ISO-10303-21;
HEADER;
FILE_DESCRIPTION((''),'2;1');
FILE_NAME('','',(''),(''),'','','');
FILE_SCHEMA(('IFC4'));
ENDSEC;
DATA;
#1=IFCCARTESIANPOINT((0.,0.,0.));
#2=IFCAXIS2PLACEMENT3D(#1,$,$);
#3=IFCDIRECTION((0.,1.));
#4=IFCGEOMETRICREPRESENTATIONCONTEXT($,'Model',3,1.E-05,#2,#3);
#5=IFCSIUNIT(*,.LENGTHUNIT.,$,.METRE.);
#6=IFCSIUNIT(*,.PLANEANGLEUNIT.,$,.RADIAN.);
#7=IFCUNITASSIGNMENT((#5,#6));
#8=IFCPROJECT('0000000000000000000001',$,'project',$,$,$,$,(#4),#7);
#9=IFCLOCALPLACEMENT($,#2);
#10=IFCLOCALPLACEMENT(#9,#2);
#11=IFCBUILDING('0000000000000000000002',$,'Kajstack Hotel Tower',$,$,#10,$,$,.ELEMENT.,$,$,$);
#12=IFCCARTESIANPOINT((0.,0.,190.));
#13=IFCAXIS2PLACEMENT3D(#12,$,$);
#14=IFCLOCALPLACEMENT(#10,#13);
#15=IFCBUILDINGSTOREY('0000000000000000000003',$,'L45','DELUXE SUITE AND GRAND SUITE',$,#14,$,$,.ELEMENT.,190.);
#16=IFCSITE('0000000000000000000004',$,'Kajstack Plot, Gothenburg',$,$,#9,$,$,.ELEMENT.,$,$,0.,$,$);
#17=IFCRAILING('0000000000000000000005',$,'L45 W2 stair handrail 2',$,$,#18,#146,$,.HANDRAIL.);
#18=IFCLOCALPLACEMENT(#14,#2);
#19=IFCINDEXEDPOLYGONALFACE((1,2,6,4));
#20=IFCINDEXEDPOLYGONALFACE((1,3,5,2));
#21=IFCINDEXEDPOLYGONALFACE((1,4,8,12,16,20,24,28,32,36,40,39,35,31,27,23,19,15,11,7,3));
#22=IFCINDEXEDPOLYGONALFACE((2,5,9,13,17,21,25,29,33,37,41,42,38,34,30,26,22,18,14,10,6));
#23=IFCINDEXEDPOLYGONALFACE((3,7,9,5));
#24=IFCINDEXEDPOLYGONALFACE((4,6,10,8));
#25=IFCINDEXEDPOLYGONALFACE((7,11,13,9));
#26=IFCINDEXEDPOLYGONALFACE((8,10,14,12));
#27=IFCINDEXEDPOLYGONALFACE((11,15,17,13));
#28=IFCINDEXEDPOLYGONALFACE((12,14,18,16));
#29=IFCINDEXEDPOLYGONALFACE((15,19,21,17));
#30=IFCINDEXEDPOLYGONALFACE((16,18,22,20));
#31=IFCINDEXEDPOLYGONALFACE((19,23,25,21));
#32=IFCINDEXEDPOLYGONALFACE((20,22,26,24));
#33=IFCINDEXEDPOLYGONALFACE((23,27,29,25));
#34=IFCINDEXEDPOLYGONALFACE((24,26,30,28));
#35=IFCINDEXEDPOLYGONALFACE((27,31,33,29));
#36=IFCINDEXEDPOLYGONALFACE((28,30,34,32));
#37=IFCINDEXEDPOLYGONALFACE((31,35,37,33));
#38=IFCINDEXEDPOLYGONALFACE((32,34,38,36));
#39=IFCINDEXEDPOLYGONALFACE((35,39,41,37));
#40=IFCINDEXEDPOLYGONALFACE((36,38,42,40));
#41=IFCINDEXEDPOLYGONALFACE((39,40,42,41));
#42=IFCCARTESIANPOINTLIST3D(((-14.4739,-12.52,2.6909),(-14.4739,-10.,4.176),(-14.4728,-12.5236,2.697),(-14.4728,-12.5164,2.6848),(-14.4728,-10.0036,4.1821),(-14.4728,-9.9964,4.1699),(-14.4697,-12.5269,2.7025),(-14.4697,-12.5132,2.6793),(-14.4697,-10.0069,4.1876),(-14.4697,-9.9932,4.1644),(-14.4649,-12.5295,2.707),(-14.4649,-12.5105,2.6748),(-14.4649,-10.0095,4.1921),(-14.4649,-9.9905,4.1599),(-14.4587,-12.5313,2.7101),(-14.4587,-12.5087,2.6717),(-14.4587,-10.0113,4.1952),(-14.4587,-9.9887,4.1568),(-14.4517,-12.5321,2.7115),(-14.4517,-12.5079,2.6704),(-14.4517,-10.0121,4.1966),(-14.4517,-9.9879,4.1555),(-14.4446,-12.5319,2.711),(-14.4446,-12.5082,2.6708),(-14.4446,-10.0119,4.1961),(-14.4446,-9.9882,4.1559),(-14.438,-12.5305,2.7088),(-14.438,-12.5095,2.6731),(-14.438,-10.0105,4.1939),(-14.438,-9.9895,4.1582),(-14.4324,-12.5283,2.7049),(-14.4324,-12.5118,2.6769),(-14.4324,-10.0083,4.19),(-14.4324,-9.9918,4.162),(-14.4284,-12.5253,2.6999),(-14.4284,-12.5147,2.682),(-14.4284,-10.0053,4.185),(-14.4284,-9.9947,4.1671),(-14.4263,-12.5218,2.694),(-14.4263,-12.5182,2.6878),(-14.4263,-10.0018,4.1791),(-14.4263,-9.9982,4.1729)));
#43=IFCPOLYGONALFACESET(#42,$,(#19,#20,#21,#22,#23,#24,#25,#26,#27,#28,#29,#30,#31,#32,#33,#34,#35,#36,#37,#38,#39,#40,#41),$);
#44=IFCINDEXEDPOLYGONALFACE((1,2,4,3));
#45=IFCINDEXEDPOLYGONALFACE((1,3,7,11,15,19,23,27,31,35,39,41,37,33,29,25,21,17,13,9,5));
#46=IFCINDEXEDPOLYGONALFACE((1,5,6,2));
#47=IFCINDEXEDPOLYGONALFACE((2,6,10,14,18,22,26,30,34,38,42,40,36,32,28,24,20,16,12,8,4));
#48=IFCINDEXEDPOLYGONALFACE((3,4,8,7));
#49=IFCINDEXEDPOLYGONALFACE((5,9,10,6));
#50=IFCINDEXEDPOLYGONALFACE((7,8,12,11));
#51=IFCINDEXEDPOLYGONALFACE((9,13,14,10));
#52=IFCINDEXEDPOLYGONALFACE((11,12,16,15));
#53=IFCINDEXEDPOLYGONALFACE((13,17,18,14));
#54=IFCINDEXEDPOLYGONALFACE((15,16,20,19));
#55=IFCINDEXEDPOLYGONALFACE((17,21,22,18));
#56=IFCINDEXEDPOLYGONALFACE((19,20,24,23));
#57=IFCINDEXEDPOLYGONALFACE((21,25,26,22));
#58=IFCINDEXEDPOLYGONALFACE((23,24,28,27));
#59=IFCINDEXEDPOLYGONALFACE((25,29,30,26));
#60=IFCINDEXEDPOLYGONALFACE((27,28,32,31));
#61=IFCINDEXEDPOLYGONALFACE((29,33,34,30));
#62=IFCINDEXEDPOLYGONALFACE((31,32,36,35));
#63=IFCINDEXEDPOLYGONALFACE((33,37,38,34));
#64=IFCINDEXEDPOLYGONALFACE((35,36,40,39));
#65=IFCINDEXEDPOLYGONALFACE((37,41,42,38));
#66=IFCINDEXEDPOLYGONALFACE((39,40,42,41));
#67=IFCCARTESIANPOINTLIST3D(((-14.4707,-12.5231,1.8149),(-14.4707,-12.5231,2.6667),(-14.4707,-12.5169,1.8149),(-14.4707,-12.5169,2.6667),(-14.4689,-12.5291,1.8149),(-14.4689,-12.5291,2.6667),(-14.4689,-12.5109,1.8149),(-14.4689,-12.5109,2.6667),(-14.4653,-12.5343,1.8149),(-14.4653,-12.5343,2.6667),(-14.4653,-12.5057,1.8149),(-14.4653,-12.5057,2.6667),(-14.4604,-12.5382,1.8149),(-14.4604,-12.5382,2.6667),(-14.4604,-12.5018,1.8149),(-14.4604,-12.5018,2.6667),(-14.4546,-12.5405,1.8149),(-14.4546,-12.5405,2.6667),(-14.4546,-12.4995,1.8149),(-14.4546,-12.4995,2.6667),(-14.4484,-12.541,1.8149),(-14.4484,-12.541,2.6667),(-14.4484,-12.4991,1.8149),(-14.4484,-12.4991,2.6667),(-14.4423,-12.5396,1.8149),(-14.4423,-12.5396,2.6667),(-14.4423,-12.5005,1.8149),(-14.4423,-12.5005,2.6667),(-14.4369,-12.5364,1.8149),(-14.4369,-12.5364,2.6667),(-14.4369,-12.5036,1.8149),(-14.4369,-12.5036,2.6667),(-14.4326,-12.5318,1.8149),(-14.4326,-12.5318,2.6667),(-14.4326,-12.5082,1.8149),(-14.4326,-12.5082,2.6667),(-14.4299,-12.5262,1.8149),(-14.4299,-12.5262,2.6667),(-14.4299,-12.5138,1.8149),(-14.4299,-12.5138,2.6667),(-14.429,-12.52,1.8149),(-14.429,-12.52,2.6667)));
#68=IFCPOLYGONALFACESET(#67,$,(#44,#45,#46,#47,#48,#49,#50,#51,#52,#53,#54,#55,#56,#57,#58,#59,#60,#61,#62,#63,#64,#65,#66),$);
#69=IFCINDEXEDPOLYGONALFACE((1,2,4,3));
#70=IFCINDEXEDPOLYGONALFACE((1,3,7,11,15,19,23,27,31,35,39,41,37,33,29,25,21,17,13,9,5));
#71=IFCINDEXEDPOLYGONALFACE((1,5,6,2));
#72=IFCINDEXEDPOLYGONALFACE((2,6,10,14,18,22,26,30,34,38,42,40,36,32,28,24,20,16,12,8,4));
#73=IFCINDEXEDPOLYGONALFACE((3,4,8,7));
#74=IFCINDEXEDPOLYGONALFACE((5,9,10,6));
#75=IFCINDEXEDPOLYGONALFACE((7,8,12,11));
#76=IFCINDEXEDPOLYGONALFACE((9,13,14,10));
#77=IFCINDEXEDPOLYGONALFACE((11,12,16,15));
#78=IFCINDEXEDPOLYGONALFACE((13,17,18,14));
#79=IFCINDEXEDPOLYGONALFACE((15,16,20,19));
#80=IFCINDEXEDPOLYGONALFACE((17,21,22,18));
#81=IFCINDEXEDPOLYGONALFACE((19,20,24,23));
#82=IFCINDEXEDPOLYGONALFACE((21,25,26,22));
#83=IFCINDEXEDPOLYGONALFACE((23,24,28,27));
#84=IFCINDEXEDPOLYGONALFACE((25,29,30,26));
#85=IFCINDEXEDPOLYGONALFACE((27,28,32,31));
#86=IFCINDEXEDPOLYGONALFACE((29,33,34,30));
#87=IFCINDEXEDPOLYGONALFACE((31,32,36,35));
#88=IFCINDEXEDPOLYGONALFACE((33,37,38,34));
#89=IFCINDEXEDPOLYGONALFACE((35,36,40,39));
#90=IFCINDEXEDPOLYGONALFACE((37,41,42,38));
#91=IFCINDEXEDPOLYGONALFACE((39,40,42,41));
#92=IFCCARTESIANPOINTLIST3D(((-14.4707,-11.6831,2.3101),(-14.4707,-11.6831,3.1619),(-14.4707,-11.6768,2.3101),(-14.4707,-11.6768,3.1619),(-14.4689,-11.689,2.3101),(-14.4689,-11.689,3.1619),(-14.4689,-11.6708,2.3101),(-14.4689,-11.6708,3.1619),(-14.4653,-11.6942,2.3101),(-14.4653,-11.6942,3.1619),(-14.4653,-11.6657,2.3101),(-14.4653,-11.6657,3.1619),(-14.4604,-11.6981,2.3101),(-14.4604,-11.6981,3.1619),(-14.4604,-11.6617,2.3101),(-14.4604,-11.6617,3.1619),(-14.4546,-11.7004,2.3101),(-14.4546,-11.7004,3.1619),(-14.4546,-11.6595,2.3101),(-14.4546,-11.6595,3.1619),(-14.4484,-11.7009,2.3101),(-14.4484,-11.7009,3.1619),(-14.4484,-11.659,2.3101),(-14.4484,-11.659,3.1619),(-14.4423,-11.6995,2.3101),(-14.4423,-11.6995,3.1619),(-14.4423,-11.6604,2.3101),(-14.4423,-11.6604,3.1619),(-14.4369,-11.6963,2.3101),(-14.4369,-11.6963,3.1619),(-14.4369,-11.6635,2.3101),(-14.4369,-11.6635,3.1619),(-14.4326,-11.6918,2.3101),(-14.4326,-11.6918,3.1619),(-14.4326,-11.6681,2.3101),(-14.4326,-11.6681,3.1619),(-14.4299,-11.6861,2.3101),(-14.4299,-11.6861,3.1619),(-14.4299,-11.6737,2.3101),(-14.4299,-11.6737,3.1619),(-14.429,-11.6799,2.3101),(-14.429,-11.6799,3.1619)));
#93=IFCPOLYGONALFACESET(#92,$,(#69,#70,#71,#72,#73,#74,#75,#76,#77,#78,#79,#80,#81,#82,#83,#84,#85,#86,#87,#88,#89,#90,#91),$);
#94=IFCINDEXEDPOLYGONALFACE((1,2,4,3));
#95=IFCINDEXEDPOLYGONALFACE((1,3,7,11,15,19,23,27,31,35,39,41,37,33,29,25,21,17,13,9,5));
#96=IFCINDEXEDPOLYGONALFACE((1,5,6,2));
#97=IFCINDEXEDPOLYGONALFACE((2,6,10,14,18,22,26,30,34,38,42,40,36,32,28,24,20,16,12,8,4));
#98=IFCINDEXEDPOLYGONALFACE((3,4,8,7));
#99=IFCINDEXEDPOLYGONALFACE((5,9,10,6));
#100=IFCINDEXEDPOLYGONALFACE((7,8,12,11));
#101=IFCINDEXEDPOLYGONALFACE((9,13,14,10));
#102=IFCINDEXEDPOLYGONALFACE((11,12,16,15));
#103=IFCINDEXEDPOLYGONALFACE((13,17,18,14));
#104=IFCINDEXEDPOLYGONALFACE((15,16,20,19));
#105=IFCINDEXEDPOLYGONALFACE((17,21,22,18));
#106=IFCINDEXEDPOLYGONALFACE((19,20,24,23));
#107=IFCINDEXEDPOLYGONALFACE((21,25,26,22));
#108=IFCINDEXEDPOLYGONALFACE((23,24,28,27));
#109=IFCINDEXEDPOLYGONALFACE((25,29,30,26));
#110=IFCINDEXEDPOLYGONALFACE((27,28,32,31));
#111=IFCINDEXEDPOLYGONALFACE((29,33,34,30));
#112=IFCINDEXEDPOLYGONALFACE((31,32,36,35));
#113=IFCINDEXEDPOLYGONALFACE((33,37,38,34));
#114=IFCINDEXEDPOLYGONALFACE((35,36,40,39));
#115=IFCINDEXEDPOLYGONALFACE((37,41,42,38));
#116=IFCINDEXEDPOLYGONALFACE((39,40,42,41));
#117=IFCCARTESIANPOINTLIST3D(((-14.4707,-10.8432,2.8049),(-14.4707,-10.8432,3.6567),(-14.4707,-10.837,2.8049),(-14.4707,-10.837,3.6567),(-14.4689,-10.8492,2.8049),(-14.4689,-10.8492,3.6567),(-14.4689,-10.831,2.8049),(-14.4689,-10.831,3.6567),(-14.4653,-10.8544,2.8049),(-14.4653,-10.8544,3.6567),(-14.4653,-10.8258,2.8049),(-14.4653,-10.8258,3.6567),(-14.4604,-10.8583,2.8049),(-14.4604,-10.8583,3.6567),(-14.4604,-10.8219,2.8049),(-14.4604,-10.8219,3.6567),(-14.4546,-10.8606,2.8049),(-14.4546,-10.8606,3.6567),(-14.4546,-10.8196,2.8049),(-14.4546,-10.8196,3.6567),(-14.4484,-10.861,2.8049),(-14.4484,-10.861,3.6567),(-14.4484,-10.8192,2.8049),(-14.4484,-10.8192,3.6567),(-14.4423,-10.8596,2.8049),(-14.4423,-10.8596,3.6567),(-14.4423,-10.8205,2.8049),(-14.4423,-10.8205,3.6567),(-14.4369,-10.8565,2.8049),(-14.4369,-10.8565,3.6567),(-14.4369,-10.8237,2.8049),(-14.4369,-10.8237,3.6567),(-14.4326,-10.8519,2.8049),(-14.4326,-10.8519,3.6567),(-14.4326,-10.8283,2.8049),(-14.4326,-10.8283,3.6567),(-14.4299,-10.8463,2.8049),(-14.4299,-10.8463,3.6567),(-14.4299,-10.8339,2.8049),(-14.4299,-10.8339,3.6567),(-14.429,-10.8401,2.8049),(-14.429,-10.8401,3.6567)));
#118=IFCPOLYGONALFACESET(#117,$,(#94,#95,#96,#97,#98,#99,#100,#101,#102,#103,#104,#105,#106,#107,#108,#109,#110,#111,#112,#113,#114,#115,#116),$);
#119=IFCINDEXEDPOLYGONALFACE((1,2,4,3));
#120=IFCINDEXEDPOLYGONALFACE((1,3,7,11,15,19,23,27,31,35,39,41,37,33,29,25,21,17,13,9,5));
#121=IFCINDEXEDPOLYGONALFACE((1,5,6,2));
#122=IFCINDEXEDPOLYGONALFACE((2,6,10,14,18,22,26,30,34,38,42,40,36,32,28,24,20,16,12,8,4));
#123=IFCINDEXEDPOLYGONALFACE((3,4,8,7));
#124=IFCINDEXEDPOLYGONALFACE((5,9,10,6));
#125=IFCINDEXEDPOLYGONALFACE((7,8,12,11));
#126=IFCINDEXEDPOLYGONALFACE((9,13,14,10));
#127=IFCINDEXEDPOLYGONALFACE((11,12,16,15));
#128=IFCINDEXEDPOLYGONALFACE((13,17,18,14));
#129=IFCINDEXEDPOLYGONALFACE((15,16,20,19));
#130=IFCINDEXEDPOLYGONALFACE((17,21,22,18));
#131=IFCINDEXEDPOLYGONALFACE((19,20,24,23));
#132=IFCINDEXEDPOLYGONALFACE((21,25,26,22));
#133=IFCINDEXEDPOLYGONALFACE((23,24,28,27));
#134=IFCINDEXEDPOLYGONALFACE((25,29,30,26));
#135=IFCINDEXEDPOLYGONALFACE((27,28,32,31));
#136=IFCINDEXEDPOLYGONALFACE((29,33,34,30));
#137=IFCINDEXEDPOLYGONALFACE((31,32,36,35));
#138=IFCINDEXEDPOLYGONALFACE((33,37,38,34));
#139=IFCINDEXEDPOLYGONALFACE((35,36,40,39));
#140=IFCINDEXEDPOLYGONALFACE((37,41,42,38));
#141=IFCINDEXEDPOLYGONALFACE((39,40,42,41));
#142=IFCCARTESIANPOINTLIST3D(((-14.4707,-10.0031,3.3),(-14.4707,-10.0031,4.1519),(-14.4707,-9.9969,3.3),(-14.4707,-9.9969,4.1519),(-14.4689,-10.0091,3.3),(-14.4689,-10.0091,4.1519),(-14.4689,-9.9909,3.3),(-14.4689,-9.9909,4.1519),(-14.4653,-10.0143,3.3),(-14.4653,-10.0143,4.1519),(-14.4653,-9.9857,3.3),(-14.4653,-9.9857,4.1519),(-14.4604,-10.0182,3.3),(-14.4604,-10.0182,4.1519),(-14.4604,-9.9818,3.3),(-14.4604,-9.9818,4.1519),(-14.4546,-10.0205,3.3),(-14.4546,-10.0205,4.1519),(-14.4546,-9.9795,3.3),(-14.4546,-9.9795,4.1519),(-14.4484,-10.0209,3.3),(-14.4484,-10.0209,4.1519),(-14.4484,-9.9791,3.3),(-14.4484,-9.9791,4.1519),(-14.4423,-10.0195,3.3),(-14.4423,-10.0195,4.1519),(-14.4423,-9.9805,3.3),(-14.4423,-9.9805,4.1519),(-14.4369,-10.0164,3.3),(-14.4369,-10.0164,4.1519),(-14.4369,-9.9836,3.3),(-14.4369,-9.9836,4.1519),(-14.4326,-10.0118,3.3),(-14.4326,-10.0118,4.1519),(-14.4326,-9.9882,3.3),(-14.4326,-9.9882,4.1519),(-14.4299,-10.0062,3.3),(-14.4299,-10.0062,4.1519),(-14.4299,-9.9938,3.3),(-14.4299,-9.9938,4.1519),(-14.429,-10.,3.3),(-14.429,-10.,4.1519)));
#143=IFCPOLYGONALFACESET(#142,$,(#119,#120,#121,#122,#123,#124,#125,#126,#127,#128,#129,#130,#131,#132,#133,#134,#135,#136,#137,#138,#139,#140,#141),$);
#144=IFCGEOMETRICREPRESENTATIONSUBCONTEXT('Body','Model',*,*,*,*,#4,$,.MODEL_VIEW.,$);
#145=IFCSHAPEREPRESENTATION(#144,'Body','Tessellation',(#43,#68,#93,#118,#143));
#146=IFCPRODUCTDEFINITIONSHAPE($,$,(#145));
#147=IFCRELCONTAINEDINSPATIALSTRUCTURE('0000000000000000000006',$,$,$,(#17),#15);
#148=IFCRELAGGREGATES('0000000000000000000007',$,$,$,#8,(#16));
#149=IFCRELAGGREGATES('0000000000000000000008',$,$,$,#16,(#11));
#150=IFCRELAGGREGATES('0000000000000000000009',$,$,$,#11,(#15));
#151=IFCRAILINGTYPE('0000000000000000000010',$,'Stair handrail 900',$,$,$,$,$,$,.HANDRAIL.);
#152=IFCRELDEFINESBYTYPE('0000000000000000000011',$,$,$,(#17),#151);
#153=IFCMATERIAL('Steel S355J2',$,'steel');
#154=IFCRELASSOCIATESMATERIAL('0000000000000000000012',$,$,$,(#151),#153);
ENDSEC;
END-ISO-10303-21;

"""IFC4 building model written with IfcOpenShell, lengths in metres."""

from ifc_helpers import new_model, si_unit, direction, frame, origin, origin_2d, place, context, subcontext, project, spatial, circle, extrude, material, type_object, element, save


model = new_model("IFC4")

# Units and contexts
model_context = context("Model", 3, precision=1e-05, world=origin(), true_north=direction((0.0, 1.0)))
body_context = subcontext(model_context, "Body", "Model", "MODEL_VIEW")
ifc_project = project(units=[si_unit("LENGTHUNIT", "METRE"), si_unit("PLANEANGLEUNIT", "RADIAN")], contexts=[model_context])

# Site, building, storey
site_placement = place(None, origin())
site = spatial("IfcSite", under=ifc_project, at=site_placement, Name="Kajstack Plot, Gothenburg", CompositionType="ELEMENT", RefElevation=0.0)
building_placement = place(site_placement, origin())
building = spatial("IfcBuilding", under=site, at=building_placement, Name="Kajstack Hotel Tower", CompositionType="ELEMENT")
storey_placement = place(building_placement, frame((0.0, 0.0, 190.0)))
storey = spatial("IfcBuildingStorey", under=building, at=storey_placement, Name="L45", Description="DELUXE SUITE AND GRAND SUITE", CompositionType="ELEMENT", Elevation=190.0)

# Railing
ifc_material_1 = material(Name="Steel S355J2", Category="steel")
railing_type_1 = type_object("IfcRailingType", Name="Stair handrail 900", PredefinedType="HANDRAIL", material=ifc_material_1)
railing_1_placement = place(storey_placement, frame((-14.45, -12.52, 1.8149)))
element("IfcRailing", 1, at=railing_1_placement, inside=storey, type_object=railing_type_1, Name="L45 W2 stair handrail 2", PredefinedType="HANDRAIL", context=body_context, shape_type="SweptSolid", body=[
    extrude(circle(Radius=0.0239, at=origin_2d()), frame((0.0, 0.0, 0.876), z_axis=(0.0, 0.861524, 0.507717), x_axis=(-1.0, 0.0, 0.0)), (0.0, 0.0, 1.0), 2.925),
    extrude(circle(Radius=0.021, at=origin_2d()), origin(), (0.0, 0.0, 1.0), 0.8518),
    extrude(circle(Radius=0.021, at=origin_2d()), frame((0.0, 0.8401, 0.4951)), (0.0, 0.0, 1.0), 0.8518),
    extrude(circle(Radius=0.021, at=origin_2d()), frame((0.0, 1.6799, 0.99)), (0.0, 0.0, 1.0), 0.8518),
    extrude(circle(Radius=0.021, at=origin_2d()), frame((0.0, 2.52, 1.4851)), (0.0, 0.0, 1.0), 0.8518),
])

save(model, "model.ifc")
